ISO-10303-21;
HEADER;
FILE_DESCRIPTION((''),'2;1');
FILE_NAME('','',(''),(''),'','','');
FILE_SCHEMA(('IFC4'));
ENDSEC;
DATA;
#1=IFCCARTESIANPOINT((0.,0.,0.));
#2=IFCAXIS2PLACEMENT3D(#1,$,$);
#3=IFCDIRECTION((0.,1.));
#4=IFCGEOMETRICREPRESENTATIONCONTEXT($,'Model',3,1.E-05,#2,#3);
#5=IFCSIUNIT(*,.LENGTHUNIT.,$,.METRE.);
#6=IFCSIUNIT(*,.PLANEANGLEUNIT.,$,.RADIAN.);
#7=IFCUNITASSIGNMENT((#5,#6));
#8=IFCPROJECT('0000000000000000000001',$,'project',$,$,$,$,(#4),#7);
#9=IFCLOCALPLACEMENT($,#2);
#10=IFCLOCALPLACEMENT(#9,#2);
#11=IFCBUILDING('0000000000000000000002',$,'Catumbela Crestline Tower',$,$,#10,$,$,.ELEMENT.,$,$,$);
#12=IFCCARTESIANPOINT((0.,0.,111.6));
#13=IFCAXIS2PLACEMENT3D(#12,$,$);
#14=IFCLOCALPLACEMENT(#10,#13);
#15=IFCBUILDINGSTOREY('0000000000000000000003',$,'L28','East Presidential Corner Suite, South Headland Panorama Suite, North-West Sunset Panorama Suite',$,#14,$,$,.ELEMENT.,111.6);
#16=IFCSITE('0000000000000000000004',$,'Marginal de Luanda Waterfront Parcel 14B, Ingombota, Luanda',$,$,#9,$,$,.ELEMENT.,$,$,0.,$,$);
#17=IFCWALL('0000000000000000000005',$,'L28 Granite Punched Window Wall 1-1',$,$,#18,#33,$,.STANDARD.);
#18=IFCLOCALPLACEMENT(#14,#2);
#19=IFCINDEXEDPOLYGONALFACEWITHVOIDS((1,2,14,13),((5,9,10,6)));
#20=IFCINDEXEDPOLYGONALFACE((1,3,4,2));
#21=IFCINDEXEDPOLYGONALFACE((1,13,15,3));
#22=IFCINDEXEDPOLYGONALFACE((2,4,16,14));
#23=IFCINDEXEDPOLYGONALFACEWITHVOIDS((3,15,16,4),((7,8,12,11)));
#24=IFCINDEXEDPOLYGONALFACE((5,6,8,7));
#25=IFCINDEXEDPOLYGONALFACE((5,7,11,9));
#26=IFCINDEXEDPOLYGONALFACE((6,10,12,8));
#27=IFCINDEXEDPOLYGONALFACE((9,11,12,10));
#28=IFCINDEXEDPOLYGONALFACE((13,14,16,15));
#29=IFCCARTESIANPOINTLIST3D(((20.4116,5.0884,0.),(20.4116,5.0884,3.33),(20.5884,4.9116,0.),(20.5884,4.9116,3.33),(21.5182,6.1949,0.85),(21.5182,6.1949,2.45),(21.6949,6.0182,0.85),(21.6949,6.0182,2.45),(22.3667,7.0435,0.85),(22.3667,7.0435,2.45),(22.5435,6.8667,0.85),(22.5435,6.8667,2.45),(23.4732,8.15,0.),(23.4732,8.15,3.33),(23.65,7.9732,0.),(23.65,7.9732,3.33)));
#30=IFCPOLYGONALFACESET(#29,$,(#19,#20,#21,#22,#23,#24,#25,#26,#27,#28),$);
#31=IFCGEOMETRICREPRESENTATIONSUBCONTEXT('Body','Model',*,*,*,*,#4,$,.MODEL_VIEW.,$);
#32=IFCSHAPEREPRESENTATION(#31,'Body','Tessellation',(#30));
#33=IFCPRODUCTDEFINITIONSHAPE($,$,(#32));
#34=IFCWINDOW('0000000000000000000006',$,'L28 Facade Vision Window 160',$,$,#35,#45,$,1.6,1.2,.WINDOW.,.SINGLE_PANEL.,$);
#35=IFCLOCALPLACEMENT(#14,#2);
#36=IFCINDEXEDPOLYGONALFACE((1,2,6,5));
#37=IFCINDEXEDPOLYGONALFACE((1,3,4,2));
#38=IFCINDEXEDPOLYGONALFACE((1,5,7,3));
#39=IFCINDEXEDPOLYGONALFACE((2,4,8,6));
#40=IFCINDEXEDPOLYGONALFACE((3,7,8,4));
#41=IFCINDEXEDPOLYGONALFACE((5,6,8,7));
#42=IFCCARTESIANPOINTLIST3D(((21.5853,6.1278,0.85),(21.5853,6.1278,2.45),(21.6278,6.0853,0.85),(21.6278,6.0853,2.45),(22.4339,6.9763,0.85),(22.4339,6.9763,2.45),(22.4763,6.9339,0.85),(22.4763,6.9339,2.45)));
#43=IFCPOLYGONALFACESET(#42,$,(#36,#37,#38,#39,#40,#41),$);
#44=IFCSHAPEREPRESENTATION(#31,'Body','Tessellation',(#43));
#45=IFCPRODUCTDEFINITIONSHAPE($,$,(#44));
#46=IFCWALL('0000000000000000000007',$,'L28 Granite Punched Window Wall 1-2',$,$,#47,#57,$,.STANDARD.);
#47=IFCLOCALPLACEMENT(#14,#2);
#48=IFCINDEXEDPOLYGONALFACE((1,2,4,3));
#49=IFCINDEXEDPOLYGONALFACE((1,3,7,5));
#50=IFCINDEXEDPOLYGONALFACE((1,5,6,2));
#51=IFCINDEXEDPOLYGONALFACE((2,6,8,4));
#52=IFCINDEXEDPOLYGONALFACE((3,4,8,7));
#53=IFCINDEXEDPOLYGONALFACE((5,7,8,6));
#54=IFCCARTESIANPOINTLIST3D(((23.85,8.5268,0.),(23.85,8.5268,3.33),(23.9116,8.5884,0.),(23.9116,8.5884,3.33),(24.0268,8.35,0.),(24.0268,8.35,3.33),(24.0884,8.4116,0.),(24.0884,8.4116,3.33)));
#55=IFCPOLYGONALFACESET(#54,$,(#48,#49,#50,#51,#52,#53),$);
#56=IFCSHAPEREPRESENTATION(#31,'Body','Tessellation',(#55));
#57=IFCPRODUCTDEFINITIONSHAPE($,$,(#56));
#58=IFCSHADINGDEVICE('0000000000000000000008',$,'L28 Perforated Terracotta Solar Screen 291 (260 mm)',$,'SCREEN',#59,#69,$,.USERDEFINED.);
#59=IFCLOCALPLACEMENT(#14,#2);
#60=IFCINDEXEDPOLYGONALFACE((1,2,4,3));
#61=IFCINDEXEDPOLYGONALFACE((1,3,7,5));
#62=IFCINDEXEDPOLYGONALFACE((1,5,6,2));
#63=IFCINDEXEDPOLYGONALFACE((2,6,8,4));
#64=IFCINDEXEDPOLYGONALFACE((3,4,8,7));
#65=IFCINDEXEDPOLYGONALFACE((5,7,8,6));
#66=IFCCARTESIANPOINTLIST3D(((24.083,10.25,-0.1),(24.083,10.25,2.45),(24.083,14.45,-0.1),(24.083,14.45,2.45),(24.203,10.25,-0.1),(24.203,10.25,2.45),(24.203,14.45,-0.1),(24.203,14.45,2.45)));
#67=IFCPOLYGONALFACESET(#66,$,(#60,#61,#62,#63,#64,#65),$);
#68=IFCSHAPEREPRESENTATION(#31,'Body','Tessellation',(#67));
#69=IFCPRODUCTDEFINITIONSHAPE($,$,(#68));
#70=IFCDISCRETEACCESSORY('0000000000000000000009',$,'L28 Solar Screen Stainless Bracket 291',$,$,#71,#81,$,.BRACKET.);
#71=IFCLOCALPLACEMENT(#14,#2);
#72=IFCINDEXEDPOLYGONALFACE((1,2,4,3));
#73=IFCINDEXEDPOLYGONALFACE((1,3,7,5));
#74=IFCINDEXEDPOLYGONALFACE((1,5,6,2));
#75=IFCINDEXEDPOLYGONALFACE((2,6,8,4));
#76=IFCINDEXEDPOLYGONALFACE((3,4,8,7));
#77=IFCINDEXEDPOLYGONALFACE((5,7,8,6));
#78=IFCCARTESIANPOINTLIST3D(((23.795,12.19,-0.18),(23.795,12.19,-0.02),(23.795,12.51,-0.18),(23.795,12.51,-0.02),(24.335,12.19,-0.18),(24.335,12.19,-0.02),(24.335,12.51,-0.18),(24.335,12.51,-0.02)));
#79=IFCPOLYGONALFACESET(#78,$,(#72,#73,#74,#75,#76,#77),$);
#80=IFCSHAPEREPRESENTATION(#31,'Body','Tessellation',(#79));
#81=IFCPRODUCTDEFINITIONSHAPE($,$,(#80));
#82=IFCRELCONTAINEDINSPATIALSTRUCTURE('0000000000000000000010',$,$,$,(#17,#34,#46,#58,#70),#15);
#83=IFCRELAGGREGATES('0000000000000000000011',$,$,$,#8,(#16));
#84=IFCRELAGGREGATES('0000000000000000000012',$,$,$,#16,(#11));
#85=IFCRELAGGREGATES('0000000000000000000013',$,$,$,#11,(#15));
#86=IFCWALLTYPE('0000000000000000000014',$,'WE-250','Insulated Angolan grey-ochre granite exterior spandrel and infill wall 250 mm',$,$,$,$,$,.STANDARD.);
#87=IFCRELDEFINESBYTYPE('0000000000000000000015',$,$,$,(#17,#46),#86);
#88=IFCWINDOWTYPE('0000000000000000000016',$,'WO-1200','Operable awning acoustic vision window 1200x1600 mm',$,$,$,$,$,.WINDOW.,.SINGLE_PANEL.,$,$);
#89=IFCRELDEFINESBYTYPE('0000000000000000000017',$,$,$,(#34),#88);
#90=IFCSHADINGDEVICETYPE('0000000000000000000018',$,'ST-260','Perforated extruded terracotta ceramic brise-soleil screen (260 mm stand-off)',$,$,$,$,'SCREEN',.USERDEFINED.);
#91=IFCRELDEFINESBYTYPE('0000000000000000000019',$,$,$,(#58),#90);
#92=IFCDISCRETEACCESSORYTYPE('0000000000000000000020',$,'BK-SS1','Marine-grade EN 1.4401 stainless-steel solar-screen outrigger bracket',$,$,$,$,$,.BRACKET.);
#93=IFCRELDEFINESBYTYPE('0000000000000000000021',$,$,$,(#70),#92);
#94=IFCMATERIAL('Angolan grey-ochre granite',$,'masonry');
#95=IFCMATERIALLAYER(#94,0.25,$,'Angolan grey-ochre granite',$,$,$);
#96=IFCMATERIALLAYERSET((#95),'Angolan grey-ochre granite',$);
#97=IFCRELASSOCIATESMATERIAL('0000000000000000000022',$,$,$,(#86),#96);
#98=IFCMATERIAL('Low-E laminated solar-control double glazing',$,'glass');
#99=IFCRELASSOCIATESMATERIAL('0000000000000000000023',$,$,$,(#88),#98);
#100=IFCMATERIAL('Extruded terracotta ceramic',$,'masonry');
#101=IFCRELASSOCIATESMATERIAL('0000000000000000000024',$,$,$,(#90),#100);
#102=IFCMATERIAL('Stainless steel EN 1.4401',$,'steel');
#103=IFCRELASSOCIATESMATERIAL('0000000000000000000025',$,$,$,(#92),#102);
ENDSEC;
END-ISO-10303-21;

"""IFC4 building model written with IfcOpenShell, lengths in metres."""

from ifc_helpers import new_model, si_unit, direction, frame, frame_2d, origin, origin_2d, place, context, subcontext, project, spatial, rectangle, extrude, material, layer, layer_set, type_object, element, fill, save


model = new_model("IFC4")

# Units and contexts
model_context = context("Model", 3, precision=1e-05, world=origin(), true_north=direction((0.0, 1.0)))
body_context = subcontext(model_context, "Body", "Model", "MODEL_VIEW")
ifc_project = project(units=[si_unit("LENGTHUNIT", "METRE"), si_unit("PLANEANGLEUNIT", "RADIAN")], contexts=[model_context])

# Site, building, storey
site_placement = place(None, origin())
site = spatial("IfcSite", under=ifc_project, at=site_placement, Name="Marginal de Luanda Waterfront Parcel 14B, Ingombota, Luanda", CompositionType="ELEMENT", RefElevation=0.0)
building_placement = place(site_placement, origin())
building = spatial("IfcBuilding", under=site, at=building_placement, Name="Catumbela Crestline Tower", CompositionType="ELEMENT")
storey_placement = place(building_placement, frame((0.0, 0.0, 111.6)))
storey = spatial("IfcBuildingStorey", under=building, at=storey_placement, Name="L28", Description="East Presidential Corner Suite, South Headland Panorama Suite, North-West Sunset Panorama Suite", CompositionType="ELEMENT", Elevation=111.6)

# Shared definitions
ifc_material_1 = material(Name="Low-E laminated solar-control double glazing", Category="glass")

# Wall, opening, window
ifc_material_2 = material(Name="Angolan grey-ochre granite", Category="masonry")
ifc_layer_1 = layer(ifc_material_2, 0.25, Name="Angolan grey-ochre granite")
ifc_layer_set_1 = layer_set([ifc_layer_1], Name="Angolan grey-ochre granite")
wall_type = type_object("IfcWallType", Name="WE-250", Description="Insulated Angolan grey-ochre granite exterior spandrel and infill wall 250 mm", PredefinedType="STANDARD", material=ifc_layer_set_1)
wall_1_placement = place(storey_placement, frame((20.5, 5.0, 0.0), z_axis=(0.0, 0.0, 1.0), x_axis=(0.707107, 0.707107, 0.0)))
wall_1 = element("IfcWall", 1, at=wall_1_placement, inside=storey, type_object=wall_type, Name="L28 Granite Punched Window Wall 1-1", PredefinedType="STANDARD", context=body_context, shape_type="SweptSolid", body=[
    extrude(rectangle(XDim=4.3298, YDim=0.25, at=frame_2d((2.1649, 0.0))), origin(), (0.0, 0.0, 1.0), 3.33),
])
opening_placement = place(wall_1_placement, frame((1.5649, 0.0, 0.85)))
opening = element("IfcOpeningElement", 2, at=opening_placement, cuts=wall_1, PredefinedType="OPENING", context=body_context, shape_type="SweptSolid", body=[
    extrude(rectangle(XDim=1.2, YDim=1.6, at=frame_2d((0.6, 0.8))), frame((0.0, 0.135, 0.0), z_axis=(0.0, -1.0, 0.0), x_axis=(1.0, 0.0, 0.0)), (0.0, 0.0, 1.0), 0.27),
])
window_type = type_object("IfcWindowType", Name="WO-1200", Description="Operable awning acoustic vision window 1200x1600 mm", PartitioningType="SINGLE_PANEL", PredefinedType="WINDOW", material=ifc_material_1)
window_placement = place(opening_placement, origin())
window = element("IfcWindow", 3, at=window_placement, inside=storey, type_object=window_type, Name="L28 Facade Vision Window 160", OverallHeight=1.6, OverallWidth=1.2, PartitioningType="SINGLE_PANEL", PredefinedType="WINDOW", context=body_context, shape_type="SweptSolid", body=[
    extrude(rectangle(XDim=1.2, YDim=1.6, at=frame_2d((0.6, 0.8))), frame((0.0, 0.03, 0.0), z_axis=(0.0, -1.0, 0.0), x_axis=(1.0, 0.0, 0.0)), (0.0, 0.0, 1.0), 0.06),
])
fill(opening, window)

# Wall
wall_2_placement = place(storey_placement, frame((23.9384, 8.4384, 0.0), z_axis=(0.0, 0.0, 1.0), x_axis=(0.707107, 0.707107, 0.0)))
element("IfcWall", 4, at=wall_2_placement, inside=storey, type_object=wall_type, Name="L28 Granite Punched Window Wall 1-2", PredefinedType="STANDARD", context=body_context, shape_type="SweptSolid", body=[
    extrude(rectangle(XDim=0.0871, YDim=0.25, at=frame_2d((0.0436, 0.0))), origin(), (0.0, 0.0, 1.0), 3.33),
])

# Shading device
ifc_material_3 = material(Name="Extruded terracotta ceramic", Category="masonry")
shading_device_type = type_object("IfcShadingDeviceType", Name="ST-260", Description="Perforated extruded terracotta ceramic brise-soleil screen (260 mm stand-off)", ElementType="SCREEN", PredefinedType="USERDEFINED", material=ifc_material_3)
shading_device_placement = place(storey_placement, frame((24.143, 12.35, -0.1), z_axis=(0.0, 0.0, 1.0), x_axis=(0.0, 1.0, 0.0)))
element("IfcShadingDevice", 5, at=shading_device_placement, inside=storey, type_object=shading_device_type, Name="L28 Perforated Terracotta Solar Screen 291 (260 mm)", ObjectType="SCREEN", PredefinedType="USERDEFINED", context=body_context, shape_type="SweptSolid", body=[
    extrude(rectangle(XDim=4.2, YDim=0.12, at=origin_2d()), origin(), (0.0, 0.0, 1.0), 2.55),
])

# Discrete accessory
ifc_material_4 = material(Name="Stainless steel EN 1.4401", Category="steel")
discrete_accessory_type = type_object("IfcDiscreteAccessoryType", Name="BK-SS1", Description="Marine-grade EN 1.4401 stainless-steel solar-screen outrigger bracket", PredefinedType="BRACKET", material=ifc_material_4)
discrete_accessory_placement = place(storey_placement, frame((24.065, 12.35, -0.18), z_axis=(0.0, 0.0, 1.0), x_axis=(0.0, 1.0, 0.0)))
element("IfcDiscreteAccessory", 6, at=discrete_accessory_placement, inside=storey, type_object=discrete_accessory_type, Name="L28 Solar Screen Stainless Bracket 291", PredefinedType="BRACKET", context=body_context, shape_type="SweptSolid", body=[
    extrude(rectangle(XDim=0.32, YDim=0.54, at=origin_2d()), origin(), (0.0, 0.0, 1.0), 0.16),
])

save(model, "model.ifc")
